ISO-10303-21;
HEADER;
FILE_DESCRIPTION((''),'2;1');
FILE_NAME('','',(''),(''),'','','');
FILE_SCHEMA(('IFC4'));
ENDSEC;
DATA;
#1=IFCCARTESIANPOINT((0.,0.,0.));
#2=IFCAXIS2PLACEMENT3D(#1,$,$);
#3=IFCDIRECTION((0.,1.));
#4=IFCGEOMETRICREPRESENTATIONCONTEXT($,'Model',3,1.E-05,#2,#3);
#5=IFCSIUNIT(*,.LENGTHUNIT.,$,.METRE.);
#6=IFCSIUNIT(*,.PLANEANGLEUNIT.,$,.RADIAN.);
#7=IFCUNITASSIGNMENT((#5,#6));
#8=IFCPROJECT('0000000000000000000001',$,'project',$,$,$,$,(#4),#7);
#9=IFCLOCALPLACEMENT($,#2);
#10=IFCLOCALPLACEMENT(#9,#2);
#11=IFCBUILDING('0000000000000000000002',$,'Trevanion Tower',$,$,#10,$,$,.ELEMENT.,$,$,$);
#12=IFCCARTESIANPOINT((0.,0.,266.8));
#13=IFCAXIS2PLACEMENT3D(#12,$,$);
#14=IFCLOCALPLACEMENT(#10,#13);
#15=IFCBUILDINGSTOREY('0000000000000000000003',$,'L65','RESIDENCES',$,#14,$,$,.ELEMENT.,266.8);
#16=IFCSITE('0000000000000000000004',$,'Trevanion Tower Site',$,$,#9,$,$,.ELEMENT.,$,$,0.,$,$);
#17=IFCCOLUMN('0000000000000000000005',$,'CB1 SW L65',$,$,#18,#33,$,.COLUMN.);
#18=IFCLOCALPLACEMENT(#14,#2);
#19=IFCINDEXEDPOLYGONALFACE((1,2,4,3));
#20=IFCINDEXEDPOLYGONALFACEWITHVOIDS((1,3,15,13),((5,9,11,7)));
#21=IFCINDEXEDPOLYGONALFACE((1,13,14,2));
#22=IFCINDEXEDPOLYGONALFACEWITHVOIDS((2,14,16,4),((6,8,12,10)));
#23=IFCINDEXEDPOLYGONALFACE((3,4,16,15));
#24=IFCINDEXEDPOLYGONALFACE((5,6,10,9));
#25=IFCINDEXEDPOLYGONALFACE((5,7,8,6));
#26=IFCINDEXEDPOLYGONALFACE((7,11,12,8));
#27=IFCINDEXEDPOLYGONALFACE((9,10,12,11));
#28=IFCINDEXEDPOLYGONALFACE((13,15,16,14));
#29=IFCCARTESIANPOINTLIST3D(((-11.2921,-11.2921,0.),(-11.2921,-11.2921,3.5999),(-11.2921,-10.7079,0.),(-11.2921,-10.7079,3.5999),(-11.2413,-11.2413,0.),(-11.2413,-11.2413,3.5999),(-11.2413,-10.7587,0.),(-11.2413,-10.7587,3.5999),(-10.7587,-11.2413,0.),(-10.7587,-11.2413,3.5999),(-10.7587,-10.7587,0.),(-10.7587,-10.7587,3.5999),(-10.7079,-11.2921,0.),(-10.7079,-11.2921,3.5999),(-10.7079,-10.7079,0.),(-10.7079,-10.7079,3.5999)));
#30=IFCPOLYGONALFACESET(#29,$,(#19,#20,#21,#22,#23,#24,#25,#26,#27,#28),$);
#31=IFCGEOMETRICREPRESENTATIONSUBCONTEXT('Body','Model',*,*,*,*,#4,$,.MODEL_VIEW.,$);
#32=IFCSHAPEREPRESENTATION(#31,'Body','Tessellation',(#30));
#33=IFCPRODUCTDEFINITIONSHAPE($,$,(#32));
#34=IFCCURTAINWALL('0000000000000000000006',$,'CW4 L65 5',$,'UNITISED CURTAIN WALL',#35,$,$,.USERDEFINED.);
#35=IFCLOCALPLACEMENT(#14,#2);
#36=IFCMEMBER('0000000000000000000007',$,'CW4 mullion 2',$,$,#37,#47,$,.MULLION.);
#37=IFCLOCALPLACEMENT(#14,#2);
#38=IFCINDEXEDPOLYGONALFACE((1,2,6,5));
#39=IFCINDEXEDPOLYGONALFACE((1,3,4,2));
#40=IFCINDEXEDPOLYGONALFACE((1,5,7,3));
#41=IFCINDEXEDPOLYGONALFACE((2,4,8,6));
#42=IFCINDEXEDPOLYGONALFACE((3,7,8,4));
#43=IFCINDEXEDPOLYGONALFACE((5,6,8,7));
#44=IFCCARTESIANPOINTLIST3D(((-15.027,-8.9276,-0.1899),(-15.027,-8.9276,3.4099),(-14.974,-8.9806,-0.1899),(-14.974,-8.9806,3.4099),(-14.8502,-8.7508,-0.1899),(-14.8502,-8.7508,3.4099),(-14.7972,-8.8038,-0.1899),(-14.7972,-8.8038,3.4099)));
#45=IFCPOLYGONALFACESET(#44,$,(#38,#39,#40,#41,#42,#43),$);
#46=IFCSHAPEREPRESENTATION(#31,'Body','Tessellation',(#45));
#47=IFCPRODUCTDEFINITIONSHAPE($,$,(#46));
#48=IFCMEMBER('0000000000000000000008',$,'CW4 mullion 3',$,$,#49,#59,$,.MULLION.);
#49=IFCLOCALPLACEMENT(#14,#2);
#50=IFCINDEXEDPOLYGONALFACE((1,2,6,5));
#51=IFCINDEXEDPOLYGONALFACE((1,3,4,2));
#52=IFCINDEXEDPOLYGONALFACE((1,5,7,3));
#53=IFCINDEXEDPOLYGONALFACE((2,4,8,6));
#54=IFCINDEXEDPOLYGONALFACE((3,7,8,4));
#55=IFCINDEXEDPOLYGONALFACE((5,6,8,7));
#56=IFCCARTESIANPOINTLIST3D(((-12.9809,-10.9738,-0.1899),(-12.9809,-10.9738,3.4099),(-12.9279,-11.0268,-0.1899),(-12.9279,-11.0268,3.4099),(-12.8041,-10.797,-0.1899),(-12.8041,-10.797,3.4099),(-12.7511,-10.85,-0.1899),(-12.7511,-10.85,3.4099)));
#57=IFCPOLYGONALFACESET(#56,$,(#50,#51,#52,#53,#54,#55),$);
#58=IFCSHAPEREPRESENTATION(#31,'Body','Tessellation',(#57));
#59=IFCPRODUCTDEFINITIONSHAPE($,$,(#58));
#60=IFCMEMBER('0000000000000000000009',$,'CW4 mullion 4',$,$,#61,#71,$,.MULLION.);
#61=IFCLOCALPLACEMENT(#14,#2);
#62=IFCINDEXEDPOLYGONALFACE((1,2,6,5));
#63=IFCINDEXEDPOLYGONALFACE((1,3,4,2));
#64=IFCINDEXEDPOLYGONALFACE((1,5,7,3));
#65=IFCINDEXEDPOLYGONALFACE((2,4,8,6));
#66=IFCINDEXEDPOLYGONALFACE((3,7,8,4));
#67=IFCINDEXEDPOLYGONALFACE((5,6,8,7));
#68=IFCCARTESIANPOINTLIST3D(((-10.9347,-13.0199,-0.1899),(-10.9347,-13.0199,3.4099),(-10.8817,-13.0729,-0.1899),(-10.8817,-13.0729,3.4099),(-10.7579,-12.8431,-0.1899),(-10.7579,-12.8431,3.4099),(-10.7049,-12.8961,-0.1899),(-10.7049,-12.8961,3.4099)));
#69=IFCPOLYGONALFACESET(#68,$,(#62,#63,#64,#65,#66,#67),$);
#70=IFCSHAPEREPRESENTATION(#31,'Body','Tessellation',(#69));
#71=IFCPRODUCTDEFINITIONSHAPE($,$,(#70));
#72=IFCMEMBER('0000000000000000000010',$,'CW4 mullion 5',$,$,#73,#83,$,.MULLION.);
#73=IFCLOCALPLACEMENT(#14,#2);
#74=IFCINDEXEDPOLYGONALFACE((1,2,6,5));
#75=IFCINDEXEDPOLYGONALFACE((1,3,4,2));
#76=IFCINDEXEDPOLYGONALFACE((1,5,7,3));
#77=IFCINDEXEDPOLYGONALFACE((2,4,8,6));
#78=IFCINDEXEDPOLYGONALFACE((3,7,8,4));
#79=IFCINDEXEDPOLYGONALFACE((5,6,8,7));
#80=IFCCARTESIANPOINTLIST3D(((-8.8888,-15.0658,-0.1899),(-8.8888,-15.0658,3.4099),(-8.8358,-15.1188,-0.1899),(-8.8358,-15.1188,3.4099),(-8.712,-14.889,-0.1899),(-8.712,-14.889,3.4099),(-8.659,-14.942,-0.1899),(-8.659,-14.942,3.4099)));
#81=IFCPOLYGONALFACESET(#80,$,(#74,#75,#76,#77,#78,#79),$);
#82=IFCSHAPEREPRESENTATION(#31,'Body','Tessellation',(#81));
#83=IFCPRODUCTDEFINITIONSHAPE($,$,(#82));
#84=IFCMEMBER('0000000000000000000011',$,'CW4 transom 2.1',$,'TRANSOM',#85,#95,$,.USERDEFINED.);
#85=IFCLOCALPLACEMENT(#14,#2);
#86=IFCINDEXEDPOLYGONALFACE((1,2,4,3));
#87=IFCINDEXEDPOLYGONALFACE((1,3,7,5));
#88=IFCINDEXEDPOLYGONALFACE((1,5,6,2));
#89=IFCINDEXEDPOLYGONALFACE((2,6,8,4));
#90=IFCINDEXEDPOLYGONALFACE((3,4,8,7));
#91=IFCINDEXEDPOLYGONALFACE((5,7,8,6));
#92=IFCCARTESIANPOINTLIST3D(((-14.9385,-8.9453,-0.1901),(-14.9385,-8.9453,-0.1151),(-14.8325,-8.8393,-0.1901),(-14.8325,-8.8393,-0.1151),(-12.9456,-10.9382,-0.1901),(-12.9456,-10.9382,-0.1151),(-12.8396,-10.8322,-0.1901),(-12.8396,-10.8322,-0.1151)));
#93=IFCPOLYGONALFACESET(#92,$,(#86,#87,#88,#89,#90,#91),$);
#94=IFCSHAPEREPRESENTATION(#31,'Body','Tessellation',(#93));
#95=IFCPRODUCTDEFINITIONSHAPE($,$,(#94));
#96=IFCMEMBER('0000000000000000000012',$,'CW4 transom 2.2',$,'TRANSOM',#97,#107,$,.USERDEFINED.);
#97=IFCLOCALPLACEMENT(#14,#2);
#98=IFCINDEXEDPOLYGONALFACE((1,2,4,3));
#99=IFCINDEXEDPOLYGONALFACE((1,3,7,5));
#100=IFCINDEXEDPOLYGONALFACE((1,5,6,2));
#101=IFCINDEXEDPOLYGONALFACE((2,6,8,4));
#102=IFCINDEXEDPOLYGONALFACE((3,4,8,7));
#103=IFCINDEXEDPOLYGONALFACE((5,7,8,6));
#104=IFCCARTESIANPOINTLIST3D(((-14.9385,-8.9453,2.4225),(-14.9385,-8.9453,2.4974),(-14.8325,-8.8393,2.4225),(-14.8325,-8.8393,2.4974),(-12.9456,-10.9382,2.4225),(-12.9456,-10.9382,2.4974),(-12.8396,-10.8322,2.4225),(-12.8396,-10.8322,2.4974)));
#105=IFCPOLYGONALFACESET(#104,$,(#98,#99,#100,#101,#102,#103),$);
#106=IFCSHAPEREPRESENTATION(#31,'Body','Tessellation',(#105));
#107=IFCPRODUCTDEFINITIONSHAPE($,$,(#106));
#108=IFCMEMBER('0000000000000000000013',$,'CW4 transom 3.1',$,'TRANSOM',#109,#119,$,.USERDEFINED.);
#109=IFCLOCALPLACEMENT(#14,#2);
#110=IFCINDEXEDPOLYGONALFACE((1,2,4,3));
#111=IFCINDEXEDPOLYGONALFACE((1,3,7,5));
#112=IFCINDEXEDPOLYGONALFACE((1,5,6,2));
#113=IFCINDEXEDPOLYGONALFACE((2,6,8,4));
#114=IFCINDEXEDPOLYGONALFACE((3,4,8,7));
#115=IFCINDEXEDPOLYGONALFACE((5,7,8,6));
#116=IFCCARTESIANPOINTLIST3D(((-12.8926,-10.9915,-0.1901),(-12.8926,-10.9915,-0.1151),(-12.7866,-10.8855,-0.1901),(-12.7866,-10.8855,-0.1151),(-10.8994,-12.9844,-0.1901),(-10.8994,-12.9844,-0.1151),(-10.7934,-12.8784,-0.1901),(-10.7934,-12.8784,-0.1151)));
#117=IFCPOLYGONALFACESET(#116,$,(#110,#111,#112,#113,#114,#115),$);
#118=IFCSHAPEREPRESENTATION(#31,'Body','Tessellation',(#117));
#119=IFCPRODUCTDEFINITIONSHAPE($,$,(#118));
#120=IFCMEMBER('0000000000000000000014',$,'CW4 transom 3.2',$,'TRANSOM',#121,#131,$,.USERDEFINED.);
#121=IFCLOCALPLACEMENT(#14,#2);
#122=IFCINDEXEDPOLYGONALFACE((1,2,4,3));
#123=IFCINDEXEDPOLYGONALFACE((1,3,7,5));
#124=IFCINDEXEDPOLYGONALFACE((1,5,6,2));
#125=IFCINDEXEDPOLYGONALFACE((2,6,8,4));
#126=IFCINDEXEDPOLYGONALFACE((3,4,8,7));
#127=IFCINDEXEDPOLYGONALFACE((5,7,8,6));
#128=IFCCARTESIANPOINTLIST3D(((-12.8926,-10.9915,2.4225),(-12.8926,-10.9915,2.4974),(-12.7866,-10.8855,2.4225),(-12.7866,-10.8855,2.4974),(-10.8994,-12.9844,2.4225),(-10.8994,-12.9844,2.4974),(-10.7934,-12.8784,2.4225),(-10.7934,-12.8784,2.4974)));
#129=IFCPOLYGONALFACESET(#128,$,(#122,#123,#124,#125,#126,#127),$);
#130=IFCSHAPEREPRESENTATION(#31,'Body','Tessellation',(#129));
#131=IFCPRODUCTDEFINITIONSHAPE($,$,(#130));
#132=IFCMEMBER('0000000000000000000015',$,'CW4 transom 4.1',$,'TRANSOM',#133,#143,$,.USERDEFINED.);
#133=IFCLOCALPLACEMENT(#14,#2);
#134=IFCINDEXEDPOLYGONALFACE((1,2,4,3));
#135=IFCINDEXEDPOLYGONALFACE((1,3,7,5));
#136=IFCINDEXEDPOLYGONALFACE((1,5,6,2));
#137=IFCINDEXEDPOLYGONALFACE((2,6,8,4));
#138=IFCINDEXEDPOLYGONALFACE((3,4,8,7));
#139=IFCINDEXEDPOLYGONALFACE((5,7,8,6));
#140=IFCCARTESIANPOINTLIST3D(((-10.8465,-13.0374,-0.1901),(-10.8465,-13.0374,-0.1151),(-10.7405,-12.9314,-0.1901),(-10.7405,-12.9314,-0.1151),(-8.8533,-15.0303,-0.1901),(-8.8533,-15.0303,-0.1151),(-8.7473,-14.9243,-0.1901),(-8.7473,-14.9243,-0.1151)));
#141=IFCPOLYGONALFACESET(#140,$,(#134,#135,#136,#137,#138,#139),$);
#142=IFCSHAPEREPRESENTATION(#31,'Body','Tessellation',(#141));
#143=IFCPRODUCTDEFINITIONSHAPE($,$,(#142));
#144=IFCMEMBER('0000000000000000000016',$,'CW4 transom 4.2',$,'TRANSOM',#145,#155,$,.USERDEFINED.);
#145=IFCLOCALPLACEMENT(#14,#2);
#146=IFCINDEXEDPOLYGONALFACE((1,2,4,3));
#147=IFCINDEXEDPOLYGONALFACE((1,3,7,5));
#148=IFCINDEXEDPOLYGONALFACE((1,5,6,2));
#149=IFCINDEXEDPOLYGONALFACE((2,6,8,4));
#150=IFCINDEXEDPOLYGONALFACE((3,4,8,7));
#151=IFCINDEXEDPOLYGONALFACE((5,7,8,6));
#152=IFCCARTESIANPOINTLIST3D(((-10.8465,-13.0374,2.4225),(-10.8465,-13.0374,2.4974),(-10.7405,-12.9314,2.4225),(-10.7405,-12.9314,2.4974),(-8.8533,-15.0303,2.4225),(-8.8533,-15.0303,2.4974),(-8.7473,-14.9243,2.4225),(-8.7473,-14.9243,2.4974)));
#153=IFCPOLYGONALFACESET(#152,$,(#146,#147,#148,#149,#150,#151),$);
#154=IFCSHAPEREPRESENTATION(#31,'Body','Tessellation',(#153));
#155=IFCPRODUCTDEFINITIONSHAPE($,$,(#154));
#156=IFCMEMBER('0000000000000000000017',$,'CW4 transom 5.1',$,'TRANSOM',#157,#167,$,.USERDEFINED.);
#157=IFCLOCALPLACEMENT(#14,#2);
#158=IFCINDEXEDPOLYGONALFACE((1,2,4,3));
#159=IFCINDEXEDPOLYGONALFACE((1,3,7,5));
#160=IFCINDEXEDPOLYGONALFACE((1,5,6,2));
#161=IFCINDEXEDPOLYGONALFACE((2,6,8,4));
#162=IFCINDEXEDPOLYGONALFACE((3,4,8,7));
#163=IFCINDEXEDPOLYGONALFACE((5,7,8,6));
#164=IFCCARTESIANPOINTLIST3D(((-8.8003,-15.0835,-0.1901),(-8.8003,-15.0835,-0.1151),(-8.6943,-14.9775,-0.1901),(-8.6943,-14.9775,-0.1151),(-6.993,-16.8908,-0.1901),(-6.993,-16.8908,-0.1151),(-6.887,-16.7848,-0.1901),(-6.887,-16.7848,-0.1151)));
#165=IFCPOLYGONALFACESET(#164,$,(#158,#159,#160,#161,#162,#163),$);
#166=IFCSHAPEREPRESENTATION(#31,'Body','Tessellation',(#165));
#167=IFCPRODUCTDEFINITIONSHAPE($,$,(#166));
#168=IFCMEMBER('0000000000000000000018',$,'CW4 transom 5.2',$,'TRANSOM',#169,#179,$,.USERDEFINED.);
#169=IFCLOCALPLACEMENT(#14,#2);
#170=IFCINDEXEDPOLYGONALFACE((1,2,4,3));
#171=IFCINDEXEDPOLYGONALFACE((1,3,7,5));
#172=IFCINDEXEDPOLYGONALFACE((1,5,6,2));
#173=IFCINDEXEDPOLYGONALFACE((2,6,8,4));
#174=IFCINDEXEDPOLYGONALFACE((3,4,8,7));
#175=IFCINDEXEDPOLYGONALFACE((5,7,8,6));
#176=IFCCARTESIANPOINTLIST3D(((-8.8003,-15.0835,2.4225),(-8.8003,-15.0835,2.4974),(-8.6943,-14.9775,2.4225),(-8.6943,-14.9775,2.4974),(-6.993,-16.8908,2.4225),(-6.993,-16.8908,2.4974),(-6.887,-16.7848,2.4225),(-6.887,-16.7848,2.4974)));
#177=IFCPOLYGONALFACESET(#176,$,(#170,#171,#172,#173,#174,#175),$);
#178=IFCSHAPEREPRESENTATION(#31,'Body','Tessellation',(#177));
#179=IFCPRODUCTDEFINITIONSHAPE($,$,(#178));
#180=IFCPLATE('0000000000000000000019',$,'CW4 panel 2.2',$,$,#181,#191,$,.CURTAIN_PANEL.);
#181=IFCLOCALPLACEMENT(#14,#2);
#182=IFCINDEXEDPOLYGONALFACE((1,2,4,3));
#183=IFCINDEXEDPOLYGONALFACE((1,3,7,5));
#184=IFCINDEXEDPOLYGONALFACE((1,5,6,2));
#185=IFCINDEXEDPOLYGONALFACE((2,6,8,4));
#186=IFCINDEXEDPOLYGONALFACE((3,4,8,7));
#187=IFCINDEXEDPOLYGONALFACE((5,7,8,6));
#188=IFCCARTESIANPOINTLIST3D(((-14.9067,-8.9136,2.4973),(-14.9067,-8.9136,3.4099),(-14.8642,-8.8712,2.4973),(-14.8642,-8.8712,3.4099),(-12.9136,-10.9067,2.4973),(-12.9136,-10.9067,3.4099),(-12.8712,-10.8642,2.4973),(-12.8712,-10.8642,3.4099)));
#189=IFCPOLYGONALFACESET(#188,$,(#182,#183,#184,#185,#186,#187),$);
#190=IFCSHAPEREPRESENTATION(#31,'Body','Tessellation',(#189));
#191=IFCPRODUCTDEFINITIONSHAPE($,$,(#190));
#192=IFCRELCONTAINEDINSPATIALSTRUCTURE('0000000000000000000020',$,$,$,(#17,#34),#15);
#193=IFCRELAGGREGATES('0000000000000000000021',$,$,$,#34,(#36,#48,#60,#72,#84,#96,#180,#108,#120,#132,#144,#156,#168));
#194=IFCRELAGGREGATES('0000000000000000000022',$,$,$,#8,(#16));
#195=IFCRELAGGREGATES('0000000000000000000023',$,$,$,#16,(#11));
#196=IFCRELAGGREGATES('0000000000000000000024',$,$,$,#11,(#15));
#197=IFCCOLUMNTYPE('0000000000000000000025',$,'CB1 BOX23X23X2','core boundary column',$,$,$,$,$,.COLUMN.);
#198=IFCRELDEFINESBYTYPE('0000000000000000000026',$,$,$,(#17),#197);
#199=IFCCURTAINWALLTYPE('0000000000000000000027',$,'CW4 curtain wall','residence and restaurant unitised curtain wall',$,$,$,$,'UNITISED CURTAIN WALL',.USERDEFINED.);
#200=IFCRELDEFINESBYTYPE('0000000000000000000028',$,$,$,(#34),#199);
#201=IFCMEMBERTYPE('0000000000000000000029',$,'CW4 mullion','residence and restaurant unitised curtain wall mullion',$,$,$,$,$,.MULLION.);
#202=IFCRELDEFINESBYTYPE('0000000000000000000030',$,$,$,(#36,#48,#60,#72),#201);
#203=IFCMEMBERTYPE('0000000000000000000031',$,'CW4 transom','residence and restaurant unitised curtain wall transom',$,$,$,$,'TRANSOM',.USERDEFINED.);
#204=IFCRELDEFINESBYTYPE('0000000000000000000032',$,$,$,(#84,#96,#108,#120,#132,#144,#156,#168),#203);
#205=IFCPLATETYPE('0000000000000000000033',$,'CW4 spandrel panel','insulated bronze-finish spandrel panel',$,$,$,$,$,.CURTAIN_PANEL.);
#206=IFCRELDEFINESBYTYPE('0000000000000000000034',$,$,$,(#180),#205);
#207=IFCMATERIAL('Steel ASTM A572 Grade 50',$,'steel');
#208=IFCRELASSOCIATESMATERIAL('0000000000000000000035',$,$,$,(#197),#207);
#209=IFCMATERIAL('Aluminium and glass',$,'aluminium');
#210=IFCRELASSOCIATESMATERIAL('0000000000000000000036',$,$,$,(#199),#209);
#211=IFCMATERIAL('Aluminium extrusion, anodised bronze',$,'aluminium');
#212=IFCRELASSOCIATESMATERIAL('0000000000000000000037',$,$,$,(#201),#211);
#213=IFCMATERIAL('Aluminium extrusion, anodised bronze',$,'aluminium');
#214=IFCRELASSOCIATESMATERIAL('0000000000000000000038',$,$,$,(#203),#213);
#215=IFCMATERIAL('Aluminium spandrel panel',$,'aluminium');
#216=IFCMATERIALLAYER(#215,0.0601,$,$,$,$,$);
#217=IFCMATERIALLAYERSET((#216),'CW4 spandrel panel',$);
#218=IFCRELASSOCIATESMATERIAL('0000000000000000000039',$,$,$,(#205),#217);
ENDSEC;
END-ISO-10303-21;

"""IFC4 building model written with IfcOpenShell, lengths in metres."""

from ifc_helpers import new_model, si_unit, direction, frame, origin, origin_2d, place, context, subcontext, project, spatial, rectangle, hollow_rectangle, extrude, material, layer, layer_set, material_profile, profile_set, type_object, element, aggregate, save


model = new_model("IFC4")

# Units and contexts
model_context = context("Model", 3, precision=1e-05, world=origin(), true_north=direction((0.0, 1.0)))
body_context = subcontext(model_context, "Body", "Model", "MODEL_VIEW")
ifc_project = project(units=[si_unit("LENGTHUNIT", "METRE"), si_unit("PLANEANGLEUNIT", "RADIAN")], contexts=[model_context])

# Site, building, storey
site_placement = place(None, origin())
site = spatial("IfcSite", under=ifc_project, at=site_placement, Name="Trevanion Tower Site", CompositionType="ELEMENT", RefElevation=0.0)
building_placement = place(site_placement, origin())
building = spatial("IfcBuilding", under=site, at=building_placement, Name="Trevanion Tower", CompositionType="ELEMENT")
storey_placement = place(building_placement, frame((0.0, 0.0, 266.8)))
storey = spatial("IfcBuildingStorey", under=building, at=storey_placement, Name="L65", Description="RESIDENCES", CompositionType="ELEMENT", Elevation=266.8)

# Column
ifc_material_1 = material(Name="Steel ASTM A572 Grade 50", Category="steel")
ifc_material_profile_1 = material_profile(ifc_material_1, hollow_rectangle(XDim=0.5842, YDim=0.5842, WallThickness=0.0508, at=origin_2d()), Name="BOX23X23X2")
ifc_profile_set_1 = profile_set([ifc_material_profile_1], Name="Steel ASTM A572 Grade 50")
column_type = type_object("IfcColumnType", Name="CB1 BOX23X23X2", Description="core boundary column", PredefinedType="COLUMN", material=ifc_profile_set_1)
column_placement = place(storey_placement, frame((-11.0, -11.0, 0.0), z_axis=(0.0, 0.0, 1.0), x_axis=(1.0, 0.0, 0.0)))
element("IfcColumn", 1, at=column_placement, inside=storey, type_object=column_type, Name="CB1 SW L65", PredefinedType="COLUMN", context=body_context, shape_type="SweptSolid", body=[
    extrude(hollow_rectangle(XDim=0.5842, YDim=0.5842, WallThickness=0.0508, at=origin_2d()), origin(), (0.0, 0.0, 1.0), 3.5999),
])

# Curtain wall, members, plate
ifc_material_2 = material(Name="Aluminium and glass", Category="aluminium")
curtain_wall_type = type_object("IfcCurtainWallType", Name="CW4 curtain wall", Description="residence and restaurant unitised curtain wall", ElementType="UNITISED CURTAIN WALL", PredefinedType="USERDEFINED", material=ifc_material_2)
curtain_wall_placement = place(storey_placement, origin())
curtain_wall = element("IfcCurtainWall", 2, at=curtain_wall_placement, inside=storey, type_object=curtain_wall_type, Name="CW4 L65 5", ObjectType="UNITISED CURTAIN WALL", PredefinedType="USERDEFINED")
ifc_material_3 = material(Name="Aluminium extrusion, anodised bronze", Category="aluminium")
ifc_material_profile_2 = material_profile(ifc_material_3, rectangle(XDim=0.075, YDim=0.25, at=origin_2d()), Name="CW4 mullion")
ifc_profile_set_2 = profile_set([ifc_material_profile_2], Name="Aluminium extrusion, anodised bronze")
member_type_1 = type_object("IfcMemberType", Name="CW4 mullion", Description="residence and restaurant unitised curtain wall mullion", PredefinedType="MULLION", material=ifc_profile_set_2)
member_1_placement = place(storey_placement, frame((-14.9121, -8.8657, -0.1899), z_axis=(0.0, 0.0, 1.0), x_axis=(0.707107, -0.707107, 0.0)))
member_1 = element("IfcMember", 3, at=member_1_placement, type_object=member_type_1, Name="CW4 mullion 2", PredefinedType="MULLION", context=body_context, shape_type="SweptSolid", body=[
    extrude(rectangle(XDim=0.075, YDim=0.25, at=origin_2d()), origin(), (0.0, 0.0, 1.0), 3.5999),
])
member_2_placement = place(storey_placement, frame((-12.866, -10.9119, -0.1899), z_axis=(0.0, 0.0, 1.0), x_axis=(0.707107, -0.707107, 0.0)))
member_2 = element("IfcMember", 4, at=member_2_placement, type_object=member_type_1, Name="CW4 mullion 3", PredefinedType="MULLION", context=body_context, shape_type="SweptSolid", body=[
    extrude(rectangle(XDim=0.075, YDim=0.25, at=origin_2d()), origin(), (0.0, 0.0, 1.0), 3.5999),
])
member_3_placement = place(storey_placement, frame((-10.8198, -12.958, -0.1899), z_axis=(0.0, 0.0, 1.0), x_axis=(0.707107, -0.707107, 0.0)))
member_3 = element("IfcMember", 5, at=member_3_placement, type_object=member_type_1, Name="CW4 mullion 4", PredefinedType="MULLION", context=body_context, shape_type="SweptSolid", body=[
    extrude(rectangle(XDim=0.075, YDim=0.25, at=origin_2d()), origin(), (0.0, 0.0, 1.0), 3.5999),
])
member_4_placement = place(storey_placement, frame((-8.7739, -15.0039, -0.1899), z_axis=(0.0, 0.0, 1.0), x_axis=(0.707107, -0.707107, 0.0)))
member_4 = element("IfcMember", 6, at=member_4_placement, type_object=member_type_1, Name="CW4 mullion 5", PredefinedType="MULLION", context=body_context, shape_type="SweptSolid", body=[
    extrude(rectangle(XDim=0.075, YDim=0.25, at=origin_2d()), origin(), (0.0, 0.0, 1.0), 3.5999),
])
ifc_material_4 = material(Name="Aluminium extrusion, anodised bronze", Category="aluminium")
ifc_material_profile_3 = material_profile(ifc_material_4, rectangle(XDim=0.1499, YDim=0.075, at=origin_2d()), Name="CW4 transom")
ifc_profile_set_3 = profile_set([ifc_material_profile_3], Name="Aluminium extrusion, anodised bronze")
member_type_2 = type_object("IfcMemberType", Name="CW4 transom", Description="residence and restaurant unitised curtain wall transom", ElementType="TRANSOM", PredefinedType="USERDEFINED", material=ifc_profile_set_3)
member_5_placement = place(storey_placement, frame((-14.8855, -8.8923, -0.1526), z_axis=(0.707107, -0.707107, 0.0), x_axis=(0.707107, 0.707107, 0.0)))
member_5 = element("IfcMember", 7, at=member_5_placement, type_object=member_type_2, Name="CW4 transom 2.1", ObjectType="TRANSOM", PredefinedType="USERDEFINED", context=body_context, shape_type="SweptSolid", body=[
    extrude(rectangle(XDim=0.1499, YDim=0.075, at=origin_2d()), origin(), (0.0, 0.0, 1.0), 2.8184),
])
member_6_placement = place(storey_placement, frame((-14.8855, -8.8923, 2.46), z_axis=(0.707107, -0.707107, 0.0), x_axis=(0.707107, 0.707107, 0.0)))
member_6 = element("IfcMember", 8, at=member_6_placement, type_object=member_type_2, Name="CW4 transom 2.2", ObjectType="TRANSOM", PredefinedType="USERDEFINED", context=body_context, shape_type="SweptSolid", body=[
    extrude(rectangle(XDim=0.1499, YDim=0.075, at=origin_2d()), origin(), (0.0, 0.0, 1.0), 2.8184),
])
member_7_placement = place(storey_placement, frame((-12.8396, -10.9385, -0.1526), z_axis=(0.70715, -0.707063, 0.0), x_axis=(0.707063, 0.70715, 0.0)))
member_7 = element("IfcMember", 9, at=member_7_placement, type_object=member_type_2, Name="CW4 transom 3.1", ObjectType="TRANSOM", PredefinedType="USERDEFINED", context=body_context, shape_type="SweptSolid", body=[
    extrude(rectangle(XDim=0.1499, YDim=0.075, at=origin_2d()), origin(), (0.0, 0.0, 1.0), 2.8186),
])
member_8_placement = place(storey_placement, frame((-12.8396, -10.9385, 2.46), z_axis=(0.70715, -0.707063, 0.0), x_axis=(0.707063, 0.70715, 0.0)))
member_8 = element("IfcMember", 10, at=member_8_placement, type_object=member_type_2, Name="CW4 transom 3.2", ObjectType="TRANSOM", PredefinedType="USERDEFINED", context=body_context, shape_type="SweptSolid", body=[
    extrude(rectangle(XDim=0.1499, YDim=0.075, at=origin_2d()), origin(), (0.0, 0.0, 1.0), 2.8186),
])
member_9_placement = place(storey_placement, frame((-10.7935, -12.9844, -0.1526), z_axis=(0.70715, -0.707063, 0.0), x_axis=(0.707063, 0.70715, 0.0)))
member_9 = element("IfcMember", 11, at=member_9_placement, type_object=member_type_2, Name="CW4 transom 4.1", ObjectType="TRANSOM", PredefinedType="USERDEFINED", context=body_context, shape_type="SweptSolid", body=[
    extrude(rectangle(XDim=0.1499, YDim=0.075, at=origin_2d()), origin(), (0.0, 0.0, 1.0), 2.8186),
])
member_10_placement = place(storey_placement, frame((-10.7935, -12.9844, 2.46), z_axis=(0.70715, -0.707063, 0.0), x_axis=(0.707063, 0.70715, 0.0)))
member_10 = element("IfcMember", 12, at=member_10_placement, type_object=member_type_2, Name="CW4 transom 4.2", ObjectType="TRANSOM", PredefinedType="USERDEFINED", context=body_context, shape_type="SweptSolid", body=[
    extrude(rectangle(XDim=0.1499, YDim=0.075, at=origin_2d()), origin(), (0.0, 0.0, 1.0), 2.8186),
])
member_11_placement = place(storey_placement, frame((-8.7473, -15.0305, -0.1526), z_axis=(0.707107, -0.707107, 0.0), x_axis=(0.707107, 0.707107, 0.0)))
member_11 = element("IfcMember", 13, at=member_11_placement, type_object=member_type_2, Name="CW4 transom 5.1", ObjectType="TRANSOM", PredefinedType="USERDEFINED", context=body_context, shape_type="SweptSolid", body=[
    extrude(rectangle(XDim=0.1499, YDim=0.075, at=origin_2d()), origin(), (0.0, 0.0, 1.0), 2.5559),
])
member_12_placement = place(storey_placement, frame((-8.7473, -15.0305, 2.46), z_axis=(0.707107, -0.707107, 0.0), x_axis=(0.707107, 0.707107, 0.0)))
member_12 = element("IfcMember", 14, at=member_12_placement, type_object=member_type_2, Name="CW4 transom 5.2", ObjectType="TRANSOM", PredefinedType="USERDEFINED", context=body_context, shape_type="SweptSolid", body=[
    extrude(rectangle(XDim=0.1499, YDim=0.075, at=origin_2d()), origin(), (0.0, 0.0, 1.0), 2.5559),
])
ifc_material_5 = material(Name="Aluminium spandrel panel", Category="aluminium")
ifc_layer_1 = layer(ifc_material_5, 0.0601)
ifc_layer_set_1 = layer_set([ifc_layer_1], Name="CW4 spandrel panel")
plate_type_1 = type_object("IfcPlateType", Name="CW4 spandrel panel", Description="insulated bronze-finish spandrel panel", PredefinedType="CURTAIN_PANEL", material=ifc_layer_set_1)
plate_1_placement = place(storey_placement, frame((-13.8889, -9.8889, 2.4973), z_axis=(0.0, 0.0, 1.0), x_axis=(0.707107, -0.707107, 0.0)))
plate_1 = element("IfcPlate", 15, at=plate_1_placement, type_object=plate_type_1, Name="CW4 panel 2.2", PredefinedType="CURTAIN_PANEL", context=body_context, shape_type="SweptSolid", body=[
    extrude(rectangle(XDim=2.8186, YDim=0.0601, at=origin_2d()), origin(), (0.0, 0.0, 1.0), 0.9126),
])
aggregate(curtain_wall, [member_1, member_2, member_3, member_4, member_5, member_6, plate_1, member_7, member_8, member_9, member_10, member_11, member_12])

save(model, "model.ifc")
